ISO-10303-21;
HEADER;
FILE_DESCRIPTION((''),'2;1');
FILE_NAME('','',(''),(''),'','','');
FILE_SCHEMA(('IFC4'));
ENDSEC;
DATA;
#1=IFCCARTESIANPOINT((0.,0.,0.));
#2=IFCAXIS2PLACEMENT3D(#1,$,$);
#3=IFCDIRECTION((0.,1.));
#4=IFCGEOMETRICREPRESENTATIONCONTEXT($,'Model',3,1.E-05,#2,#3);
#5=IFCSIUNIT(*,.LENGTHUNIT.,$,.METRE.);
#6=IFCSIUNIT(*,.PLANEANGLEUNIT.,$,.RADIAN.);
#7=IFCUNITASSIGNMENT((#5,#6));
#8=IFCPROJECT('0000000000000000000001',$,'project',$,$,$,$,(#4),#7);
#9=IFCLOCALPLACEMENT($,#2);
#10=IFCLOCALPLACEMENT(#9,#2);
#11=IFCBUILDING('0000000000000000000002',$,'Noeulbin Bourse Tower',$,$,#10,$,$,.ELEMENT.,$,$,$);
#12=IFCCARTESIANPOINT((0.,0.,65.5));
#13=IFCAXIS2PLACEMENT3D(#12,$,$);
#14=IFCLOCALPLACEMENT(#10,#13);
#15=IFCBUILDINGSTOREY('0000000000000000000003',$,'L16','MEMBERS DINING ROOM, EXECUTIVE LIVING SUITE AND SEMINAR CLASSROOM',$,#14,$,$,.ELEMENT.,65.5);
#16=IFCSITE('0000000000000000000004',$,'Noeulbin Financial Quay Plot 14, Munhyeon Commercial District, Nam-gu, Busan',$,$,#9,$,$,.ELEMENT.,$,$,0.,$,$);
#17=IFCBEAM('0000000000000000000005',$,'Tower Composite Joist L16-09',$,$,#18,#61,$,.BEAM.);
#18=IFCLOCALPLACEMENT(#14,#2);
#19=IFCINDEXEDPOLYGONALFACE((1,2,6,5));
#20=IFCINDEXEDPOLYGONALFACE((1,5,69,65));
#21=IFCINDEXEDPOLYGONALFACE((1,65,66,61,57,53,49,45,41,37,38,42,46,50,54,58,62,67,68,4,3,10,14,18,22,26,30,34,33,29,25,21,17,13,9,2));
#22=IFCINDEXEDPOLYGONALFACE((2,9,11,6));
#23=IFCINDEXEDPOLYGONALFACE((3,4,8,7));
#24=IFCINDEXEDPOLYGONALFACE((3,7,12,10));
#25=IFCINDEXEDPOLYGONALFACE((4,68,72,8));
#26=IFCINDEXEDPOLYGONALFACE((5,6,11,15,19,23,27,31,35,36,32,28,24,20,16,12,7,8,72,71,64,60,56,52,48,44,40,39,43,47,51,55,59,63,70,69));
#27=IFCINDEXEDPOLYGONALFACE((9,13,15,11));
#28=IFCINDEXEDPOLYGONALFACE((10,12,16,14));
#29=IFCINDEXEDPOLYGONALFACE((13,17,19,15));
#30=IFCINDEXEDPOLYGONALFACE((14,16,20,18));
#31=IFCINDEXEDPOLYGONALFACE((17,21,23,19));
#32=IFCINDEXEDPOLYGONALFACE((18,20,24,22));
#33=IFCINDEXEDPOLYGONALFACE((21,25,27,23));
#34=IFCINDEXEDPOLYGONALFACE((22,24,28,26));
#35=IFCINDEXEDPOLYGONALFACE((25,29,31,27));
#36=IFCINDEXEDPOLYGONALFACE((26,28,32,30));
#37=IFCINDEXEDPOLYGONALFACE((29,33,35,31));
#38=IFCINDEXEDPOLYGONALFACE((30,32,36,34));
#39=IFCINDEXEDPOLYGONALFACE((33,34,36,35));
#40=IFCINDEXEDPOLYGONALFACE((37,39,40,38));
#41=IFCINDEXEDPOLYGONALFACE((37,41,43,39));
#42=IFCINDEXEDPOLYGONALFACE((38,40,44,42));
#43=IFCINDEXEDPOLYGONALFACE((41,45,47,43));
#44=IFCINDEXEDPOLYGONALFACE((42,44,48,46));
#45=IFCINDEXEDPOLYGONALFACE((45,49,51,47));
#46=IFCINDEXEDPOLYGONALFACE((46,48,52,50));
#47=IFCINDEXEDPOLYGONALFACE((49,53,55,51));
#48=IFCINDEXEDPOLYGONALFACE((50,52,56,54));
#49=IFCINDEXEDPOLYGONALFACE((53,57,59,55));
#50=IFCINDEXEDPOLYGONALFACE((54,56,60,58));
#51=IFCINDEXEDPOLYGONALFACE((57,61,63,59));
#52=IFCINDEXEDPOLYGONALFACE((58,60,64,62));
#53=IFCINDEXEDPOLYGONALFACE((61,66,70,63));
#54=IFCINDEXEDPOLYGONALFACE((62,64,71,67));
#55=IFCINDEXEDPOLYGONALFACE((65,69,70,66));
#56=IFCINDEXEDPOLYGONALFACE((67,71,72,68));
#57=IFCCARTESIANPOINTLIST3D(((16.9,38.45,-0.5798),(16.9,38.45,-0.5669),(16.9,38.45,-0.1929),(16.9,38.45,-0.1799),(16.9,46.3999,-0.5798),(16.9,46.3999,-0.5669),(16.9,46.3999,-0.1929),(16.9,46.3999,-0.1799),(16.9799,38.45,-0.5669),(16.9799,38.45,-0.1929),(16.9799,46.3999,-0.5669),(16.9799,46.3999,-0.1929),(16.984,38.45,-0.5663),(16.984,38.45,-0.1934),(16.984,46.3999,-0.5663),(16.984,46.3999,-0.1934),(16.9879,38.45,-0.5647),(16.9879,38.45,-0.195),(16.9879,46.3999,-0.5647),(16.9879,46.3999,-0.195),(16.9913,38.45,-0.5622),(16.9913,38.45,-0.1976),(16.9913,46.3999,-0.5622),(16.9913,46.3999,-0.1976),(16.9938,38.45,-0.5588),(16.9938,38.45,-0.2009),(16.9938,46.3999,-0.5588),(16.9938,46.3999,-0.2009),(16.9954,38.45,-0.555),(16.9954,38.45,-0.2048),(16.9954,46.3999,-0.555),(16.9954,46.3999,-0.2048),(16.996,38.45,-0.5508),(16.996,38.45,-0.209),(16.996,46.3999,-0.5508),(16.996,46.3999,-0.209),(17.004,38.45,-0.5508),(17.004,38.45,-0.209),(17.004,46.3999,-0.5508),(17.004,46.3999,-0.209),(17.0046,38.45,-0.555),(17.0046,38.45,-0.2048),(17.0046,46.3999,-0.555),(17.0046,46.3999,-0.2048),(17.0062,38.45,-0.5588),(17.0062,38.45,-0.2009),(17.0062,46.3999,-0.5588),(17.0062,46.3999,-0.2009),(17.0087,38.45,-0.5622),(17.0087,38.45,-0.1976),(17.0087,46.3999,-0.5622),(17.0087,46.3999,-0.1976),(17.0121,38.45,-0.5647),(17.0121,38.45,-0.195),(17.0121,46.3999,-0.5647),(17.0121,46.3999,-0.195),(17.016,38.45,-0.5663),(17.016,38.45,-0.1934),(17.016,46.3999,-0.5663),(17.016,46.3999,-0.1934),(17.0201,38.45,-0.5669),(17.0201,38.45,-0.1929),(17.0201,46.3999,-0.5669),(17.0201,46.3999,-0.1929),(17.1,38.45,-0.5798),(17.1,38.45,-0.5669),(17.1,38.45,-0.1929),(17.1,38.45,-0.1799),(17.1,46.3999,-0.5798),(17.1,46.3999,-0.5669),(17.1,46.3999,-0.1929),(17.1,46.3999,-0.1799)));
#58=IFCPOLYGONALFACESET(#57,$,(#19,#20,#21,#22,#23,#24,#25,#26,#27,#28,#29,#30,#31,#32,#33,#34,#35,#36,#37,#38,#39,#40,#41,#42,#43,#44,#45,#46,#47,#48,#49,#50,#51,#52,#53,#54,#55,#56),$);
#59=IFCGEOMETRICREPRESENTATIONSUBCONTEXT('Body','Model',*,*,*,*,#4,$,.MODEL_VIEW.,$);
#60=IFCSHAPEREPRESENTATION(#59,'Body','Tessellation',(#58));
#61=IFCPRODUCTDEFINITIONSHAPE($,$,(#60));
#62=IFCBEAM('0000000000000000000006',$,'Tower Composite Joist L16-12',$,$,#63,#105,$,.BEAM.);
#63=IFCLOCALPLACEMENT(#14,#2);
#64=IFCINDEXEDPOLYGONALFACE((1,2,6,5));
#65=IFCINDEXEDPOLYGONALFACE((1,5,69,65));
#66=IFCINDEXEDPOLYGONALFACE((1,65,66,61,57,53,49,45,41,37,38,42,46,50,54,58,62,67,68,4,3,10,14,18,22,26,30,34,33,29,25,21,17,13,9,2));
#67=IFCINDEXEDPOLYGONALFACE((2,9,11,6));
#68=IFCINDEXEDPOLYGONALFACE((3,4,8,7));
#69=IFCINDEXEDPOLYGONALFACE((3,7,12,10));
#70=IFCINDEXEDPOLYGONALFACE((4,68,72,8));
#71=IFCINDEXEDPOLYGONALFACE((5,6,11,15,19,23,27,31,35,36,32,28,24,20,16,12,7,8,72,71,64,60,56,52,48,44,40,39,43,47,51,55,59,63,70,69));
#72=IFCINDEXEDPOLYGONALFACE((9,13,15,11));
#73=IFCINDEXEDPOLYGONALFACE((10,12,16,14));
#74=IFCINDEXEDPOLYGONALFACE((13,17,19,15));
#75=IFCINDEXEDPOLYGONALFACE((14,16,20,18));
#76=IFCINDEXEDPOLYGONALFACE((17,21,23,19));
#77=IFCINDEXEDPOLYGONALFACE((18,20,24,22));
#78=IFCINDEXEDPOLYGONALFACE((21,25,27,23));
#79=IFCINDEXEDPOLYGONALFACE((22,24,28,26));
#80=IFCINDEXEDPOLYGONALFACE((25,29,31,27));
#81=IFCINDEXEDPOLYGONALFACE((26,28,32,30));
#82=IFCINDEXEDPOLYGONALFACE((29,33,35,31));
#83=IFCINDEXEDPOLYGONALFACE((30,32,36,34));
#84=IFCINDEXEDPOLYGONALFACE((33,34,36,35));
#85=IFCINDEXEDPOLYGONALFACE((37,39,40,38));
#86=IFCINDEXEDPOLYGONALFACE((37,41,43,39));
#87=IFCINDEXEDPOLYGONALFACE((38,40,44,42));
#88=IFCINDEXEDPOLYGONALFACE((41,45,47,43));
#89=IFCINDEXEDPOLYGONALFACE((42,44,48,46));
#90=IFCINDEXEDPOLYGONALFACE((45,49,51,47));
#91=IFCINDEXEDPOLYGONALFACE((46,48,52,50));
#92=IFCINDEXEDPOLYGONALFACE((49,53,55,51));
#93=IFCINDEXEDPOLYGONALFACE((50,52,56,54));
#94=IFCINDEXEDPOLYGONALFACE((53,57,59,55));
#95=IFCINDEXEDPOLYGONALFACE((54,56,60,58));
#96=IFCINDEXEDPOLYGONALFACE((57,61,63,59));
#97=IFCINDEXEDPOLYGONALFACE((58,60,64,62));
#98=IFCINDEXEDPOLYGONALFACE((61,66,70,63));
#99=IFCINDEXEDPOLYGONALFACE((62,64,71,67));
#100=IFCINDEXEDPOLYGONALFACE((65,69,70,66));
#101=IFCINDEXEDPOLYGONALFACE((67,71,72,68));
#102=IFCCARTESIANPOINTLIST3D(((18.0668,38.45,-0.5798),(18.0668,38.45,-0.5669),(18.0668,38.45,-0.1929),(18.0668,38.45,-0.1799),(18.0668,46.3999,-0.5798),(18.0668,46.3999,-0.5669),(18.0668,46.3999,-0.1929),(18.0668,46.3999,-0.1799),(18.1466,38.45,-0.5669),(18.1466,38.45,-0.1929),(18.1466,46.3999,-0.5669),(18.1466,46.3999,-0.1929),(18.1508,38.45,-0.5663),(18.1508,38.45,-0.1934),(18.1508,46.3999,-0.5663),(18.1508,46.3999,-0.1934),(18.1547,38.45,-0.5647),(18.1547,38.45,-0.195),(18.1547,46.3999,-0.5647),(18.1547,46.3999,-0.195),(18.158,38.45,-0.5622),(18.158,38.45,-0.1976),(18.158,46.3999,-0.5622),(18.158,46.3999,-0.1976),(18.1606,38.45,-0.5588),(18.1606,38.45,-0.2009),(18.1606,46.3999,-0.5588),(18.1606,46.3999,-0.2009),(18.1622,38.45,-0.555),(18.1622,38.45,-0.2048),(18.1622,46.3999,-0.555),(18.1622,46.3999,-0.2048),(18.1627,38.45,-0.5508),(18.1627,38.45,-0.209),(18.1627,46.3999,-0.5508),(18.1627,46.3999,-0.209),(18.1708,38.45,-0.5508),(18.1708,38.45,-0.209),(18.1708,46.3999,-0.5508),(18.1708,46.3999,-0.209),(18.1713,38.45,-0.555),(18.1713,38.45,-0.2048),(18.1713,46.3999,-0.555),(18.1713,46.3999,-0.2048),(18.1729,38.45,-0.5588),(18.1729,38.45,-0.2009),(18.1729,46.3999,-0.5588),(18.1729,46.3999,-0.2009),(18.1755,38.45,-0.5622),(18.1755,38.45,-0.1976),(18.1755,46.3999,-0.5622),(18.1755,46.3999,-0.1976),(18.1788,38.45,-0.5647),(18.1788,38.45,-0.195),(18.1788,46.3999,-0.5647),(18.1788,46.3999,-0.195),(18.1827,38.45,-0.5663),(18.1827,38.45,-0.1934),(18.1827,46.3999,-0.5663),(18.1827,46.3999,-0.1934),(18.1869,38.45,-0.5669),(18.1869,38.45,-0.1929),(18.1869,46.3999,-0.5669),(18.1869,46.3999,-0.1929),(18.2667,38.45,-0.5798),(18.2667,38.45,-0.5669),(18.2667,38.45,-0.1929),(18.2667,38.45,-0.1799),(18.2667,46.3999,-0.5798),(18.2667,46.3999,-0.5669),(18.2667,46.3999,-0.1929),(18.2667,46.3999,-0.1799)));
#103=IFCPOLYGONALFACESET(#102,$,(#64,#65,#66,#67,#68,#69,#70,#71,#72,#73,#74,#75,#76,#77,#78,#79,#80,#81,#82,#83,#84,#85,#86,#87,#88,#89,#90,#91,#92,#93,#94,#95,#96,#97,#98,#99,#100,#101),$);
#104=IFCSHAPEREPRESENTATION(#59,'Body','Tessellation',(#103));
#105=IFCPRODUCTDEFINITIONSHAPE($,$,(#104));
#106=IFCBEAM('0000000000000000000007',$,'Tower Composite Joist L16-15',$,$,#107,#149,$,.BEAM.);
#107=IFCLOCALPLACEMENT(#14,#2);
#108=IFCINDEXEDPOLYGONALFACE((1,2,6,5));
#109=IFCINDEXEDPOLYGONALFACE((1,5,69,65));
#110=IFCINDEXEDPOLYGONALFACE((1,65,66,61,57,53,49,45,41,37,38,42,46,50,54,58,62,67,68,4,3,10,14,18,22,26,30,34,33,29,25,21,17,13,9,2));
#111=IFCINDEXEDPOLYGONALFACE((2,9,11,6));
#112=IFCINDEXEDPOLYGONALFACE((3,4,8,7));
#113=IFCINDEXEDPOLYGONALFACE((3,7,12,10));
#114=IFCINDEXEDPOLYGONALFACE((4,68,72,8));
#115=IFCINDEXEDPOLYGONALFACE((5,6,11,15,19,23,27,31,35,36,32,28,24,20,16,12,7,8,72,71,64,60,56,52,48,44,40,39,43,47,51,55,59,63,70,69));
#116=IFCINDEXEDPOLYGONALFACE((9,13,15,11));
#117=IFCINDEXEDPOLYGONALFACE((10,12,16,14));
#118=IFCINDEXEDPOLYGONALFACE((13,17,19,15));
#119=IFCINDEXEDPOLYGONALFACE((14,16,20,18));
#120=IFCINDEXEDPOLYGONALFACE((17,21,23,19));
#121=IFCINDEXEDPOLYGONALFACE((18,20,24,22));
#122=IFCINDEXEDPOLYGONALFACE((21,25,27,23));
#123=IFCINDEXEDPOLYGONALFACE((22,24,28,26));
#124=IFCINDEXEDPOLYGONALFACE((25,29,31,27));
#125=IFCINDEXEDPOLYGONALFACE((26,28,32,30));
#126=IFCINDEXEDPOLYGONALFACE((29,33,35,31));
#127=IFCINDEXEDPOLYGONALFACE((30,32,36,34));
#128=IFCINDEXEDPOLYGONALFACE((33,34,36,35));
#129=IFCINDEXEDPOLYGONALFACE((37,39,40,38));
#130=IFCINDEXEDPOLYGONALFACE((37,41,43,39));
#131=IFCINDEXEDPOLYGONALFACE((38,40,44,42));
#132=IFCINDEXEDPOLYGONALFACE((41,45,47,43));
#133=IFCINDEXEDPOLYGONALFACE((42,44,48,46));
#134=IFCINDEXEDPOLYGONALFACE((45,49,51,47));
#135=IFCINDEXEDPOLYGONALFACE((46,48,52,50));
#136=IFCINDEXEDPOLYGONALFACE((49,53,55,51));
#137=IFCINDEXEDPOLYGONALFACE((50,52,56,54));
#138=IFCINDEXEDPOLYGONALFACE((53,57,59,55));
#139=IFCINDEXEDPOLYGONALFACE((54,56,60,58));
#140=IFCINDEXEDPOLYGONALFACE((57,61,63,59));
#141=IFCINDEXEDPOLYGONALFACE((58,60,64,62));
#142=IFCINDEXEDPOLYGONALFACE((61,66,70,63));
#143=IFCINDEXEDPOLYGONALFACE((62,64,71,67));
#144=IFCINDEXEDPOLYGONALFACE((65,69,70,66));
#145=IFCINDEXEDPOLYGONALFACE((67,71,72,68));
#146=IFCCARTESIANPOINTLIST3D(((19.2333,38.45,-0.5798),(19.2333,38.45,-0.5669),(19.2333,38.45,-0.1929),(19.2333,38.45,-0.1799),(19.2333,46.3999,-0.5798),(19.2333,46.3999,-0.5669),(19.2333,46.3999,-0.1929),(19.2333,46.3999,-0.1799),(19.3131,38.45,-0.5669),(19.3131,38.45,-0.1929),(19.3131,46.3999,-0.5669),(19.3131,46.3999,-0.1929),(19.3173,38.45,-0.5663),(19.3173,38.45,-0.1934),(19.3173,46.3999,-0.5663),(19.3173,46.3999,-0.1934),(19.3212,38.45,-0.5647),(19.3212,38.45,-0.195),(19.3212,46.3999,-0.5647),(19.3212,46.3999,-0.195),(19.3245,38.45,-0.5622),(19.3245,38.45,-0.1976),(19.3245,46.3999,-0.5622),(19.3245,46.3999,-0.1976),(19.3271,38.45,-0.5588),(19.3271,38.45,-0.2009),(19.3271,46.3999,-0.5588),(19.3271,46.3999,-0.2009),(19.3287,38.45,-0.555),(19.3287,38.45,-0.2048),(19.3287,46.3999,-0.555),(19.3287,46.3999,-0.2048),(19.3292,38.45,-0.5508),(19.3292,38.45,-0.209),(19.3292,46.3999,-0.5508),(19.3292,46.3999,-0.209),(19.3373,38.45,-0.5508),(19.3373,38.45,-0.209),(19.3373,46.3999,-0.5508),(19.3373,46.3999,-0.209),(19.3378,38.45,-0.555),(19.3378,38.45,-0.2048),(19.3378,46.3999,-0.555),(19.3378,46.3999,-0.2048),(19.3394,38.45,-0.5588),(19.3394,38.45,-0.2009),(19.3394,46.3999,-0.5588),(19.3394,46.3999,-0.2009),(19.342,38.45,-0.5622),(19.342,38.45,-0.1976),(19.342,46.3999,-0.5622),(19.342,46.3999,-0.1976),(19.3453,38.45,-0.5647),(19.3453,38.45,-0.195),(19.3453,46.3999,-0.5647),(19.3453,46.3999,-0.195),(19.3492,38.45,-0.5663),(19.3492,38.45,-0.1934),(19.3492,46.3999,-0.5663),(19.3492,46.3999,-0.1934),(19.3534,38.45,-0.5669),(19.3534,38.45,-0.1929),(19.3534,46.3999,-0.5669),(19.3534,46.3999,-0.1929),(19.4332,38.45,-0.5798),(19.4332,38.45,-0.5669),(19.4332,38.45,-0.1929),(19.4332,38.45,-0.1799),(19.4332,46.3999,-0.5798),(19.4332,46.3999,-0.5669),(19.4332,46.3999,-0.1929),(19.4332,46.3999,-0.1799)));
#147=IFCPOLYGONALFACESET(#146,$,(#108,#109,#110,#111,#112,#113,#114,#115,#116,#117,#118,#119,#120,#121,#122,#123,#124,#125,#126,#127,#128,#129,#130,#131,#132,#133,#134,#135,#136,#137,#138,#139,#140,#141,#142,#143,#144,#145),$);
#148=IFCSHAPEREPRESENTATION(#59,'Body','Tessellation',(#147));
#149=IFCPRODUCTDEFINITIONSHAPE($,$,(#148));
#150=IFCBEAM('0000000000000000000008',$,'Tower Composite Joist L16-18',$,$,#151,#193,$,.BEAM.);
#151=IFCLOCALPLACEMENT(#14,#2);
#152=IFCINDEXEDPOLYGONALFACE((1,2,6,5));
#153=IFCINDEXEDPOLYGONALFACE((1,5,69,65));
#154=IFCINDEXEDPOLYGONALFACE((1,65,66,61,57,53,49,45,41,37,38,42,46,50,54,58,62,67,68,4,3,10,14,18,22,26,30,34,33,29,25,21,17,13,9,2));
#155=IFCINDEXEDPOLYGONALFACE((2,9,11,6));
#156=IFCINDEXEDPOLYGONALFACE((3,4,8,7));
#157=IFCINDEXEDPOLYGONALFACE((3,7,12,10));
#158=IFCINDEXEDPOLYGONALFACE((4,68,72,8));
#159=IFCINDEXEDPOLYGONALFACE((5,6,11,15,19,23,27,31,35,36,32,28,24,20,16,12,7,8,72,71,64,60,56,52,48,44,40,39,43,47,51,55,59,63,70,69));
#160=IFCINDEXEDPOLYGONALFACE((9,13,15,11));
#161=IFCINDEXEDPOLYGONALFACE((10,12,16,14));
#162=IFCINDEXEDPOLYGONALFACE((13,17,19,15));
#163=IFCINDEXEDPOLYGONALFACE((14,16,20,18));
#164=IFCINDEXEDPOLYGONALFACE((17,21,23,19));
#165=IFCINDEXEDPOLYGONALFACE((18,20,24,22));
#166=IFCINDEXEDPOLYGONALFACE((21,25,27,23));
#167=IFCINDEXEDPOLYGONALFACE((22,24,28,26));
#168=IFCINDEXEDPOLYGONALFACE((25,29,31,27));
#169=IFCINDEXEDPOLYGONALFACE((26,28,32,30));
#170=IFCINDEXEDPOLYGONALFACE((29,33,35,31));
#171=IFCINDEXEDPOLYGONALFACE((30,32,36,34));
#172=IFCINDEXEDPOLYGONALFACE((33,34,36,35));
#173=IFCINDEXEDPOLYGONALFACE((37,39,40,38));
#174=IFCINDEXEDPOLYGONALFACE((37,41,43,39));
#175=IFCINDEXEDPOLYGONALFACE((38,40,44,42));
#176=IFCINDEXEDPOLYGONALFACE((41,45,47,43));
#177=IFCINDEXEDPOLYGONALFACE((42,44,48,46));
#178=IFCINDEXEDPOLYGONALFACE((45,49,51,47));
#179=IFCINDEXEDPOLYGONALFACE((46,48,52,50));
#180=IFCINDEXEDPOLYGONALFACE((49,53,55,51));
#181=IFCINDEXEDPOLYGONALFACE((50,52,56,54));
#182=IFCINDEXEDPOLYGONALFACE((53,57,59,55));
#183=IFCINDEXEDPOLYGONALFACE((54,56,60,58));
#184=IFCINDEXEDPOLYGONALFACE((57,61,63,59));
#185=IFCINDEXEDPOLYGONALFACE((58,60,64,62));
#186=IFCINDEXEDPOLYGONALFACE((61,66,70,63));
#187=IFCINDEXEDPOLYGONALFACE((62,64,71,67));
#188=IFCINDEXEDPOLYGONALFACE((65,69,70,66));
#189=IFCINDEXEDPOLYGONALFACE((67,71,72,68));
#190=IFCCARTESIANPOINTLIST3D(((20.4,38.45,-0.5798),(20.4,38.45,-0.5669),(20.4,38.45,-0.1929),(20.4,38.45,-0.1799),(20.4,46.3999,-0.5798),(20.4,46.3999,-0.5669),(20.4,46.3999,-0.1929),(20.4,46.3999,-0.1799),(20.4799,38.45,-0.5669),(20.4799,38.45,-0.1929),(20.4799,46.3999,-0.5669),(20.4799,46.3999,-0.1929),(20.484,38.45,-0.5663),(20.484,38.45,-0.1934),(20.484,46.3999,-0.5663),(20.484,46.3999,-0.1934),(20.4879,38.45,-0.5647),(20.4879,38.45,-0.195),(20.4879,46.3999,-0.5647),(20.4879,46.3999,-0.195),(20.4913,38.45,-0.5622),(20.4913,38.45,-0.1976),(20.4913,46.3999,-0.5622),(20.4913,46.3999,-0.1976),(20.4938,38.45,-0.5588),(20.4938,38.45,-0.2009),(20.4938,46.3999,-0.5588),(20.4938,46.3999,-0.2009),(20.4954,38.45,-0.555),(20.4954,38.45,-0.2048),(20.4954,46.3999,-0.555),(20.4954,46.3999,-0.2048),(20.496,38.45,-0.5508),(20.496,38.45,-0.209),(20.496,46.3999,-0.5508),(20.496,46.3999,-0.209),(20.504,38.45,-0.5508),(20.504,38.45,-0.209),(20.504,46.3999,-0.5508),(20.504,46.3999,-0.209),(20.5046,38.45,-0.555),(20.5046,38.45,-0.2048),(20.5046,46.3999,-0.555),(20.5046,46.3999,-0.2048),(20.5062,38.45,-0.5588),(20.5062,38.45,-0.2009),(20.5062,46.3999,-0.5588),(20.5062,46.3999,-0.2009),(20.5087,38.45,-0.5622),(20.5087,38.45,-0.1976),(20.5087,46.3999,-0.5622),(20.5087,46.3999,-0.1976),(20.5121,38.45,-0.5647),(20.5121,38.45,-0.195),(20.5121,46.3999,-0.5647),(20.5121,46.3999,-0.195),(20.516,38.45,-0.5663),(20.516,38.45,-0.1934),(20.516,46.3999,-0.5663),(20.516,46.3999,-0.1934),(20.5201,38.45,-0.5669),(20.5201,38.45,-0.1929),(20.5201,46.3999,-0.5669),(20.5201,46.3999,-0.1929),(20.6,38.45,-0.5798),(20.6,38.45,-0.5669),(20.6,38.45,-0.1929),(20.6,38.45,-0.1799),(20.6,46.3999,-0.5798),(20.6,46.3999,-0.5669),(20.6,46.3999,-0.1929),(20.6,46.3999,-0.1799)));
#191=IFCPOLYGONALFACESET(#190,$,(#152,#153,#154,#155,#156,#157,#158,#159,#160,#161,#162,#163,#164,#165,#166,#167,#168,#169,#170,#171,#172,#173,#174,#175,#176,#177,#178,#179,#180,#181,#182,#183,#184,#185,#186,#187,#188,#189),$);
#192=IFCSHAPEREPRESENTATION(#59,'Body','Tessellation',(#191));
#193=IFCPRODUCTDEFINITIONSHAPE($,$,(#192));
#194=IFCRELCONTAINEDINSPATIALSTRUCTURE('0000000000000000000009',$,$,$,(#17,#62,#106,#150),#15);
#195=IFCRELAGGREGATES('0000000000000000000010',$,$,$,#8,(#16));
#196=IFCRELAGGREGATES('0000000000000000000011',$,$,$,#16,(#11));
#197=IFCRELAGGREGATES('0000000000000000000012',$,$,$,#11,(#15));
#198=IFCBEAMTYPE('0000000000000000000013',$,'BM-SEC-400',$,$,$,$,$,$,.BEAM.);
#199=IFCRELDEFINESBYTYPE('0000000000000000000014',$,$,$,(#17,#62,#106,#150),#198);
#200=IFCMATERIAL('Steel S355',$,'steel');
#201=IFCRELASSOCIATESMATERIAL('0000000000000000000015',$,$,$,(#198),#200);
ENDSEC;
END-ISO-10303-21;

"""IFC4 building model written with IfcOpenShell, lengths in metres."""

from ifc_helpers import new_model, si_unit, direction, frame, origin, origin_2d, place, context, subcontext, project, spatial, i_section, extrude, material, material_profile, profile_set, type_object, element, save


model = new_model("IFC4")

# Units and contexts
model_context = context("Model", 3, precision=1e-05, world=origin(), true_north=direction((0.0, 1.0)))
body_context = subcontext(model_context, "Body", "Model", "MODEL_VIEW")
ifc_project = project(units=[si_unit("LENGTHUNIT", "METRE"), si_unit("PLANEANGLEUNIT", "RADIAN")], contexts=[model_context])

# Site, building, storey
site_placement = place(None, origin())
site = spatial("IfcSite", under=ifc_project, at=site_placement, Name="Noeulbin Financial Quay Plot 14, Munhyeon Commercial District, Nam-gu, Busan", CompositionType="ELEMENT", RefElevation=0.0)
building_placement = place(site_placement, origin())
building = spatial("IfcBuilding", under=site, at=building_placement, Name="Noeulbin Bourse Tower", CompositionType="ELEMENT")
storey_placement = place(building_placement, frame((0.0, 0.0, 65.5)))
storey = spatial("IfcBuildingStorey", under=building, at=storey_placement, Name="L16", Description="MEMBERS DINING ROOM, EXECUTIVE LIVING SUITE AND SEMINAR CLASSROOM", CompositionType="ELEMENT", Elevation=65.5)

# Beams
ifc_material_1 = material(Name="Steel S355", Category="steel")
ifc_material_profile_1 = material_profile(ifc_material_1, i_section(OverallWidth=0.2, OverallDepth=0.3999, WebThickness=0.0081, FlangeThickness=0.0129, FilletRadius=0.0161, at=origin_2d()), Name="H-400x200x8x13", Category="LoadBearing")
ifc_profile_set_1 = profile_set([ifc_material_profile_1], Name="Steel S355")
beam_type_1 = type_object("IfcBeamType", Name="BM-SEC-400", PredefinedType="BEAM", material=ifc_profile_set_1)
for number, where, z_axis, x_axis, name in (
    (1, (17.0, 38.45, -0.3799), (0.0, 1.0, 0.0), (-1.0, 0.0, 0.0), "Tower Composite Joist L16-09"),
    (2, (18.1667, 38.45, -0.3799), (0.0, 1.0, 0.0), (-1.0, 0.0, 0.0), "Tower Composite Joist L16-12"),
    (3, (19.3333, 38.45, -0.3799), (0.0, 1.0, 0.0), (-1.0, 0.0, 0.0), "Tower Composite Joist L16-15"),
    (4, (20.5, 38.45, -0.3799), (0.0, 1.0, 0.0), (-1.0, 0.0, 0.0), "Tower Composite Joist L16-18"),
):
    element("IfcBeam", number, at=place(storey_placement, frame(where, z_axis=z_axis, x_axis=x_axis)), inside=storey, type_object=beam_type_1, Name=name, PredefinedType="BEAM", context=body_context, shape_type="SweptSolid", body=[
        extrude(i_section(OverallWidth=0.2, OverallDepth=0.3999, WebThickness=0.0081, FlangeThickness=0.0129, FilletRadius=0.0161, at=origin_2d()), origin(), (0.0, 0.0, 1.0), 7.95),
    ])

save(model, "model.ifc")
